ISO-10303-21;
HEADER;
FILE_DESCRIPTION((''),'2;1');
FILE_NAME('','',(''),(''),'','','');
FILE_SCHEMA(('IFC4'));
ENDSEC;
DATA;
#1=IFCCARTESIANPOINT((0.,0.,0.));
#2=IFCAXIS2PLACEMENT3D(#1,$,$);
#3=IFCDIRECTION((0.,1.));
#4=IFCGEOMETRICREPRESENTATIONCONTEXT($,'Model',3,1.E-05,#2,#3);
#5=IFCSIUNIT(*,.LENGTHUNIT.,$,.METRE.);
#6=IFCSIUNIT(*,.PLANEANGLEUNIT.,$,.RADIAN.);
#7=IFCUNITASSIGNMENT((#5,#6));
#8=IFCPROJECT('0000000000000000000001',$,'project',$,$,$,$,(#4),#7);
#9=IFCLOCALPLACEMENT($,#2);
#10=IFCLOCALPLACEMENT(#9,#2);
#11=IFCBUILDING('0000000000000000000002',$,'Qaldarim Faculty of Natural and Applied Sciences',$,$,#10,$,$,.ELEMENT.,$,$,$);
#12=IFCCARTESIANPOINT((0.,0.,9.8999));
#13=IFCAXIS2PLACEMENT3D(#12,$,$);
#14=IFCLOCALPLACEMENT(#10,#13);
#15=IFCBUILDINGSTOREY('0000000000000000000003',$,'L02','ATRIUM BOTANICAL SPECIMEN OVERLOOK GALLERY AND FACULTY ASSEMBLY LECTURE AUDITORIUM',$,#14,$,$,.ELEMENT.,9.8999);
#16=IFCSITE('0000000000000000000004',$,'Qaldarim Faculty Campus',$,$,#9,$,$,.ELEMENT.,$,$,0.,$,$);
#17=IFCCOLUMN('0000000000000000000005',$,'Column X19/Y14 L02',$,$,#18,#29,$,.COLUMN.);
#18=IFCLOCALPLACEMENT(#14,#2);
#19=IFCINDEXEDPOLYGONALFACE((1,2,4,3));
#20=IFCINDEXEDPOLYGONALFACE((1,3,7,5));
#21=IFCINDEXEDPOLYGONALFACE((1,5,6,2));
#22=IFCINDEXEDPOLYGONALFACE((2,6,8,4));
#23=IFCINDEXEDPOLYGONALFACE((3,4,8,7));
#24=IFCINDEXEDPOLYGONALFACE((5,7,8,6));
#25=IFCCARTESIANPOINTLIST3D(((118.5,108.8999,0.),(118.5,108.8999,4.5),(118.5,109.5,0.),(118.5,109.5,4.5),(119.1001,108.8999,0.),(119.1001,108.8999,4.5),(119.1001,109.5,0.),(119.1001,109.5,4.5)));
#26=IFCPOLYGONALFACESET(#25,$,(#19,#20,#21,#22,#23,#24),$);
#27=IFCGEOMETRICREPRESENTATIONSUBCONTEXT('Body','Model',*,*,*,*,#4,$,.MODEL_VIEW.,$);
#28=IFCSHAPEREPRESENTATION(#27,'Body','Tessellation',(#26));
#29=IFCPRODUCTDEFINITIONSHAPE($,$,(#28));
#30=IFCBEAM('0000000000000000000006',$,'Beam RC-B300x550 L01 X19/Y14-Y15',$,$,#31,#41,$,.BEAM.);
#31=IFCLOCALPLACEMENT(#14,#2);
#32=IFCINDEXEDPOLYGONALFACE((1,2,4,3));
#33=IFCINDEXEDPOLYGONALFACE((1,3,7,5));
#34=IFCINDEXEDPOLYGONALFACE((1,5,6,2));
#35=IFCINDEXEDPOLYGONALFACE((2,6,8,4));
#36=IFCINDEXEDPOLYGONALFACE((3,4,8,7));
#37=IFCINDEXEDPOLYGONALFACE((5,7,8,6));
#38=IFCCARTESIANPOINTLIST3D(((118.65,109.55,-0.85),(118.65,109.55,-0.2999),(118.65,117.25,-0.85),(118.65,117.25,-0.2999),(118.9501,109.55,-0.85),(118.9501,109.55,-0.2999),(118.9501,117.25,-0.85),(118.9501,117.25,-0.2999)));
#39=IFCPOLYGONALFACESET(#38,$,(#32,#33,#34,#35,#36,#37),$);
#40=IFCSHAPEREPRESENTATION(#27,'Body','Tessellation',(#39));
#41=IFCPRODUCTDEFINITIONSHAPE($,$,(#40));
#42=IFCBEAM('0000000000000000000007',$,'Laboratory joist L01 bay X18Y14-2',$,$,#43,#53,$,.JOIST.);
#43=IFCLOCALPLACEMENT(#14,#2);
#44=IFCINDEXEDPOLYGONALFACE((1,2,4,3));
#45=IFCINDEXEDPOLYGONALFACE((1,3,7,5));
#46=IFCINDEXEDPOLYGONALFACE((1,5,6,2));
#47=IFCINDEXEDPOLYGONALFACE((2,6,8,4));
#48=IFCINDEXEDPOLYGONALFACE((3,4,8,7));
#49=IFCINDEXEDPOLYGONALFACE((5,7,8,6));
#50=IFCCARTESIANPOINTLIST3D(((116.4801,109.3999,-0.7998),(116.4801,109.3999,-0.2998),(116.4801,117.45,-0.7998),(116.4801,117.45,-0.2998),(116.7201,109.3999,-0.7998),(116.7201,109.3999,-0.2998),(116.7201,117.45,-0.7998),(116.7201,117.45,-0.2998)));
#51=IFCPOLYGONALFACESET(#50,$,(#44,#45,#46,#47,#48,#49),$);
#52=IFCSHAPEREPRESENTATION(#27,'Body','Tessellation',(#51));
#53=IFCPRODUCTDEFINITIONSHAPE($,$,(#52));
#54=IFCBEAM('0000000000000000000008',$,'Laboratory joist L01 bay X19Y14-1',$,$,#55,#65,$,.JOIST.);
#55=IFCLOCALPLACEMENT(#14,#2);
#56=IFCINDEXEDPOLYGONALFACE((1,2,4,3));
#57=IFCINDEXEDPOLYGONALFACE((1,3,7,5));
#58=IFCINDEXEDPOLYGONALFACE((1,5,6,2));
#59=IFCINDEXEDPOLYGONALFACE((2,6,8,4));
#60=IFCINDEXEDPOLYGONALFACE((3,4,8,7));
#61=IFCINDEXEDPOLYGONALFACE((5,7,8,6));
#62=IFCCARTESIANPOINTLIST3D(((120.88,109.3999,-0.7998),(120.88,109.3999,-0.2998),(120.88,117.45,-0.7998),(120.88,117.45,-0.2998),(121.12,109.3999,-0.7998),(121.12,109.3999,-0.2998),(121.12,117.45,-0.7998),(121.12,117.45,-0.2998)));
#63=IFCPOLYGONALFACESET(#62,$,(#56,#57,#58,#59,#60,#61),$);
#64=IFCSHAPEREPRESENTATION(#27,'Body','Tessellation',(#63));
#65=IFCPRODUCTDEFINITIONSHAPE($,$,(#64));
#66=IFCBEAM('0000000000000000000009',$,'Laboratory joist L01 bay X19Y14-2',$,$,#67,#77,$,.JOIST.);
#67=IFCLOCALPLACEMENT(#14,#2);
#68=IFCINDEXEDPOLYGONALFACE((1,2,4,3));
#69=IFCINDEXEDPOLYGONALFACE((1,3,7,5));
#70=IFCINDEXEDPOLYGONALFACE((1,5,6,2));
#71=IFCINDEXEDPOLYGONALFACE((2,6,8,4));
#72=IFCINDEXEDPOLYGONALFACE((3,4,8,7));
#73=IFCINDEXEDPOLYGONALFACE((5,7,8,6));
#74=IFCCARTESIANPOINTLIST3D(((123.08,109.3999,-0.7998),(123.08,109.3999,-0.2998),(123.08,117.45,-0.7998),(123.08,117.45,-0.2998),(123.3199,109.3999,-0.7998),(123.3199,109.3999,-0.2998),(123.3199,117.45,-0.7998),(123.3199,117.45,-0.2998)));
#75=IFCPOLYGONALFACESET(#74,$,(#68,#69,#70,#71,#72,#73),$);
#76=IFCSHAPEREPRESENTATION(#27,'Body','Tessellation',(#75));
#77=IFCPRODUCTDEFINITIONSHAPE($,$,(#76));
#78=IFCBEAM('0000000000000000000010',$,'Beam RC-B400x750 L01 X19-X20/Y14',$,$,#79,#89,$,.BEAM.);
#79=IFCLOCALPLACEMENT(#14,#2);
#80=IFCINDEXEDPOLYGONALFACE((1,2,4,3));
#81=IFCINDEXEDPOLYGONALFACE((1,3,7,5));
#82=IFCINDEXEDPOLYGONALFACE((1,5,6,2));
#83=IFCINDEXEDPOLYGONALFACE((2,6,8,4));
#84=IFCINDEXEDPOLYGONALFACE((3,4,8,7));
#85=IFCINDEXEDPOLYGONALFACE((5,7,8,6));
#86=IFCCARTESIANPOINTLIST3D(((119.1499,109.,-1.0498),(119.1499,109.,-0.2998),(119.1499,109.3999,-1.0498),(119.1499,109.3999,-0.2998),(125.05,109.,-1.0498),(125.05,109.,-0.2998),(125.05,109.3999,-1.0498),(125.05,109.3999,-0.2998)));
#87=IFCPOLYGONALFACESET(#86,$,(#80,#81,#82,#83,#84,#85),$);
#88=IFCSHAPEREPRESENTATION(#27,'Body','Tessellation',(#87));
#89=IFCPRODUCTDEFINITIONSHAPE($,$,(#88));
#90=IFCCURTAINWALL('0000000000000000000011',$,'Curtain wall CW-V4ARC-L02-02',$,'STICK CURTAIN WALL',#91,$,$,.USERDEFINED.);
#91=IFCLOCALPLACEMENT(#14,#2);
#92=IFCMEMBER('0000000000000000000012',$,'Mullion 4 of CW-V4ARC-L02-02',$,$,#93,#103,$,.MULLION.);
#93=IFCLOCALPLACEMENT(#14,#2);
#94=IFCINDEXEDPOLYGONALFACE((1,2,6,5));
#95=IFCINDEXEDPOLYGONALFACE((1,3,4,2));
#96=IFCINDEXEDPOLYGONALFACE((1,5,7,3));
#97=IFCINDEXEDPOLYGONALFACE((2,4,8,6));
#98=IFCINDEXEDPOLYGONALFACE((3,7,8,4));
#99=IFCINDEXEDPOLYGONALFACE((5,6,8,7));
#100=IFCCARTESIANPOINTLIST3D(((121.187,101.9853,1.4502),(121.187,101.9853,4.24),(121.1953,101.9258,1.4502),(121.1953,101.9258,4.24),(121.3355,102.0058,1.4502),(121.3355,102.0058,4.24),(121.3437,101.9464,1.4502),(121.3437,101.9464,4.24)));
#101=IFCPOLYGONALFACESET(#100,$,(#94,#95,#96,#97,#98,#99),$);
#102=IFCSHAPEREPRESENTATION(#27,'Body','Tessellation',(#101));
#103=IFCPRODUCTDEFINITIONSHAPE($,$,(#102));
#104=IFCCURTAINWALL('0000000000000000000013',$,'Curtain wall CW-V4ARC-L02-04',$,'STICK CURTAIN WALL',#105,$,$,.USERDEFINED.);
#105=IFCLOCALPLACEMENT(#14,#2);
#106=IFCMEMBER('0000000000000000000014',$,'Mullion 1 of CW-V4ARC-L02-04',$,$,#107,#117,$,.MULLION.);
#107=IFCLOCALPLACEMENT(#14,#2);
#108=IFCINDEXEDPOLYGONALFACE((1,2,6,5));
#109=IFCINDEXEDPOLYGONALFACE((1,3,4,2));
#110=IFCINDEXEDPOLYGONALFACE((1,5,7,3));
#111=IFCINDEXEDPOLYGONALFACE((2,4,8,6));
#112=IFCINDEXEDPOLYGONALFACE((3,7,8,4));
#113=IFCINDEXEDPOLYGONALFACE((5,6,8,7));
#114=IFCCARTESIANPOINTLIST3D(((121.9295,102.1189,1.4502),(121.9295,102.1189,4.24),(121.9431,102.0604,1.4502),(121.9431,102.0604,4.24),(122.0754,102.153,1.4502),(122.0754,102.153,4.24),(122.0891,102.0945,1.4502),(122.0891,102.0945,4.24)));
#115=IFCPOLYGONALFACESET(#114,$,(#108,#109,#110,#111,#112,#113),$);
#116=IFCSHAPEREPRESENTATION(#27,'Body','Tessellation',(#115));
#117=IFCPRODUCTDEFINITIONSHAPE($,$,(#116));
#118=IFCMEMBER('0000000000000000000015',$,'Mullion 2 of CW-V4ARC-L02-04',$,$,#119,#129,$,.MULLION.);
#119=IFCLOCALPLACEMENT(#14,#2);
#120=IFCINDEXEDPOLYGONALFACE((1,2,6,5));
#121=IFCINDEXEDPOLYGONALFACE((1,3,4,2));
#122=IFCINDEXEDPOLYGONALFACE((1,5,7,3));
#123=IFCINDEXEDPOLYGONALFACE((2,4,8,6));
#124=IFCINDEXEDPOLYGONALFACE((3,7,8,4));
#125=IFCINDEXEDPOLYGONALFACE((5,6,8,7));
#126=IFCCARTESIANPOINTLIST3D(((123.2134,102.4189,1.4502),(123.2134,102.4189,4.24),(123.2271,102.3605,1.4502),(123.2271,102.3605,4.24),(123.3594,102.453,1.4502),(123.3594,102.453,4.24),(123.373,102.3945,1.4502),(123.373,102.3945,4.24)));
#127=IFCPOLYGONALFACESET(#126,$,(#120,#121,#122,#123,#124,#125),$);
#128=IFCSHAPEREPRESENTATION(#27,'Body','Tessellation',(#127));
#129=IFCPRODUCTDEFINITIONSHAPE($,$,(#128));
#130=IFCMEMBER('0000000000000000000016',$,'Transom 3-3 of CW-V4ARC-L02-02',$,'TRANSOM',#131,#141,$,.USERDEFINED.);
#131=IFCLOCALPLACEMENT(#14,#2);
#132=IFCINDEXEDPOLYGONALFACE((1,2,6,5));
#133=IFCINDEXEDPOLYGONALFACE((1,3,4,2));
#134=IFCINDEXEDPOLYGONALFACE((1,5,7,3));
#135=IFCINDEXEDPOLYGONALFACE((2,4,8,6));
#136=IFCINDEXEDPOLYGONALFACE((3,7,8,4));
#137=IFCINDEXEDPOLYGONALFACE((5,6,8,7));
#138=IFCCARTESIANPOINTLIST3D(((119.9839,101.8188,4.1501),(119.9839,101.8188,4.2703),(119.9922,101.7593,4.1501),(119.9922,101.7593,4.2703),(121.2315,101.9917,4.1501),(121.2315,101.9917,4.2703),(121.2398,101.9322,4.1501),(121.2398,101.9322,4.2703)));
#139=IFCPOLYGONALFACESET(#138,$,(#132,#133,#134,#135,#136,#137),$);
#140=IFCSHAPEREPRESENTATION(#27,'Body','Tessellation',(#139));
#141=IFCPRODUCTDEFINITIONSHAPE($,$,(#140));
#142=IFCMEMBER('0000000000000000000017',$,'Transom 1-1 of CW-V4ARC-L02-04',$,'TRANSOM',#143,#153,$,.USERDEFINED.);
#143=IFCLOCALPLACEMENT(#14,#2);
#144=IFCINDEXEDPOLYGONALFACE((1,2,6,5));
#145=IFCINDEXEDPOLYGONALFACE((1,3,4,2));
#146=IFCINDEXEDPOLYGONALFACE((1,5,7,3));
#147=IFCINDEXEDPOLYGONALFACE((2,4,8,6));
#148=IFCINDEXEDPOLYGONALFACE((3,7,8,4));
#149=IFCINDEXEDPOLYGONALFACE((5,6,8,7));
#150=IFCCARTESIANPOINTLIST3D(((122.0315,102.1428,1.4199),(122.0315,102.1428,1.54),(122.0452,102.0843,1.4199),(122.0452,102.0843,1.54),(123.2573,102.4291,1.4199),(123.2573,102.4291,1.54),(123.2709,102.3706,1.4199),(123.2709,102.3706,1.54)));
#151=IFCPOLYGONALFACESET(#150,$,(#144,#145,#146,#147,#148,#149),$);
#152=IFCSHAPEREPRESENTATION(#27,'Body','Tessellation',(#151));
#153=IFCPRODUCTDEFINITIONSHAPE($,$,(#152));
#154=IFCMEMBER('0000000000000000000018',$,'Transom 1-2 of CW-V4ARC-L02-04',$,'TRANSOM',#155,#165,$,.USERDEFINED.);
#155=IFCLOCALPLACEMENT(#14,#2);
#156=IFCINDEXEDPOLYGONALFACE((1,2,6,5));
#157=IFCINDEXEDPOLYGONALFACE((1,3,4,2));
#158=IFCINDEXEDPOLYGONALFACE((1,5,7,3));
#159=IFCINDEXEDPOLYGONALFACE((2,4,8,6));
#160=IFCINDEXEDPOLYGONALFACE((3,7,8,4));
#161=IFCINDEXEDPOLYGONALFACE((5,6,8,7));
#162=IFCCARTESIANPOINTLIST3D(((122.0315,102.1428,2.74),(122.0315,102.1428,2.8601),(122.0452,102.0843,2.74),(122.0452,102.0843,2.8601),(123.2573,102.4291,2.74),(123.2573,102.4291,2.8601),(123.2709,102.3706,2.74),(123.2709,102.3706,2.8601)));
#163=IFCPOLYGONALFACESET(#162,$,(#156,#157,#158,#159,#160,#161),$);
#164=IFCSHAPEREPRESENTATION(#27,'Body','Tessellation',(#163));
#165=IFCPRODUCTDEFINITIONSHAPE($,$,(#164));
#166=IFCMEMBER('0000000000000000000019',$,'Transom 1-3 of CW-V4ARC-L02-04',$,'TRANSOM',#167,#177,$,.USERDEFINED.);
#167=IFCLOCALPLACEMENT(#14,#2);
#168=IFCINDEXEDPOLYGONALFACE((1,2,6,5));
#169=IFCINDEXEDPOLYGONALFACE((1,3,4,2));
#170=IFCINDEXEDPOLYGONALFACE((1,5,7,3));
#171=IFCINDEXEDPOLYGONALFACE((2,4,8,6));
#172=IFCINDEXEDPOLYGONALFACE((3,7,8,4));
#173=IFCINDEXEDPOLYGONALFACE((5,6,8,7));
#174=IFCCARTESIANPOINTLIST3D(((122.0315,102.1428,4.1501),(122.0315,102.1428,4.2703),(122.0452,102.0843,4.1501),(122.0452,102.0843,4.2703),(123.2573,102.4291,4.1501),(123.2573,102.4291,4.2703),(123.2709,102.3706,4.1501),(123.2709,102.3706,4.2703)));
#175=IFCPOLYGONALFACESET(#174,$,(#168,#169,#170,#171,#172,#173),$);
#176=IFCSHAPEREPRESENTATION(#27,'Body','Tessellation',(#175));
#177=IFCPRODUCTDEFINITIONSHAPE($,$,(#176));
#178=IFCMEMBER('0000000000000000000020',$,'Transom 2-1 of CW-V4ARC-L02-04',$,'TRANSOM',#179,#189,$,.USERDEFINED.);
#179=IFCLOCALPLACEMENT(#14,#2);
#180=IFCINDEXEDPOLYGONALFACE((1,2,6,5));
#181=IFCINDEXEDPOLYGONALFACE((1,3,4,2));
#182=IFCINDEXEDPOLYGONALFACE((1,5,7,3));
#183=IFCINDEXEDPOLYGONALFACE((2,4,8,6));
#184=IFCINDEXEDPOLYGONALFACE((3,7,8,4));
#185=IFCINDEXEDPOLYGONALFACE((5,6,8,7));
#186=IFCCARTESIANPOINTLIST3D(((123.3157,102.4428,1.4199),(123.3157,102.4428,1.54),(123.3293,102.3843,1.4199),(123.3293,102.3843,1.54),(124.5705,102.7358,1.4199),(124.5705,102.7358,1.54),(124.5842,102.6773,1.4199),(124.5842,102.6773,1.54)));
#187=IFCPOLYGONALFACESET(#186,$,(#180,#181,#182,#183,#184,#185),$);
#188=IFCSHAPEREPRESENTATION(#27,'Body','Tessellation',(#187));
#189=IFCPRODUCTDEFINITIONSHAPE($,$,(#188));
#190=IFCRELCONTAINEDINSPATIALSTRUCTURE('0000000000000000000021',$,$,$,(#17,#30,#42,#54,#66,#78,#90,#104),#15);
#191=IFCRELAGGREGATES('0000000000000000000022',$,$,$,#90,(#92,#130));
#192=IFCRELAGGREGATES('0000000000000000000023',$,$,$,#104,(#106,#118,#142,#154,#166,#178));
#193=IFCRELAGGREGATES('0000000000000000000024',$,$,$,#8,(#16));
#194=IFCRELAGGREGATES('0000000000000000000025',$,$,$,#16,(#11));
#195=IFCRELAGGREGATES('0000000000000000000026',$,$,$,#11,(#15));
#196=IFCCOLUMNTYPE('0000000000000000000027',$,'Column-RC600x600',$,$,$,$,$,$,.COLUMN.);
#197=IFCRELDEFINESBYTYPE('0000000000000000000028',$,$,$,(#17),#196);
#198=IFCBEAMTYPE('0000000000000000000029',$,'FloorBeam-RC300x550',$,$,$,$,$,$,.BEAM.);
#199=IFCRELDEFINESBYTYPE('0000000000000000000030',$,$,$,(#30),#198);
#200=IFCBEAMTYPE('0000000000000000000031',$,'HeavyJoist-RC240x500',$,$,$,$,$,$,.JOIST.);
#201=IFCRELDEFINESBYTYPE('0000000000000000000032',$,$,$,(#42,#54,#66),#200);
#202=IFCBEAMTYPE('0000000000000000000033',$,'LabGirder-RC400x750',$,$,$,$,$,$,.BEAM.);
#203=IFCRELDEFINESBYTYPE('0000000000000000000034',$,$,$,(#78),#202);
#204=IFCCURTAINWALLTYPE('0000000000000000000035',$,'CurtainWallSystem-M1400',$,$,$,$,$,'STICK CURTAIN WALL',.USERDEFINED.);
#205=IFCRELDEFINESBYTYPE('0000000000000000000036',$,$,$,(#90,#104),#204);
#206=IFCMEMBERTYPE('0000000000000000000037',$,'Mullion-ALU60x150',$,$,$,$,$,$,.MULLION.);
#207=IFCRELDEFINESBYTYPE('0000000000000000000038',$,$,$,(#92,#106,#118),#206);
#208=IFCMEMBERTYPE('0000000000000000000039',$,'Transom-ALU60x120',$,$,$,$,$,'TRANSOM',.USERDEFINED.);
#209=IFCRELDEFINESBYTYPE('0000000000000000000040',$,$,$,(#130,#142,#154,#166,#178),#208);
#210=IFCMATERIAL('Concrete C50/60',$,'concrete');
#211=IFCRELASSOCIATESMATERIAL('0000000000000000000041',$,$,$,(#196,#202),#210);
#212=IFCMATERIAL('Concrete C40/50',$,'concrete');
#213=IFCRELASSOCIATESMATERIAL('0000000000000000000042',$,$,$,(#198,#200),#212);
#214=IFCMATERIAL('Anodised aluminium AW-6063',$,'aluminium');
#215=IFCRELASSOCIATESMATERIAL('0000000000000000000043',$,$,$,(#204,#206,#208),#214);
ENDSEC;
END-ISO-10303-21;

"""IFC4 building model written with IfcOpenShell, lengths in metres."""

from ifc_helpers import new_model, si_unit, direction, frame, origin, origin_2d, place, context, subcontext, project, spatial, rectangle, extrude, material, material_profile, profile_set, type_object, element, aggregate, save


model = new_model("IFC4")

# Units and contexts
model_context = context("Model", 3, precision=1e-05, world=origin(), true_north=direction((0.0, 1.0)))
body_context = subcontext(model_context, "Body", "Model", "MODEL_VIEW")
ifc_project = project(units=[si_unit("LENGTHUNIT", "METRE"), si_unit("PLANEANGLEUNIT", "RADIAN")], contexts=[model_context])

# Site, building, storey
site_placement = place(None, origin())
site = spatial("IfcSite", under=ifc_project, at=site_placement, Name="Qaldarim Faculty Campus", CompositionType="ELEMENT", RefElevation=0.0)
building_placement = place(site_placement, origin())
building = spatial("IfcBuilding", under=site, at=building_placement, Name="Qaldarim Faculty of Natural and Applied Sciences", CompositionType="ELEMENT")
storey_placement = place(building_placement, frame((0.0, 0.0, 9.8999)))
storey = spatial("IfcBuildingStorey", under=building, at=storey_placement, Name="L02", Description="ATRIUM BOTANICAL SPECIMEN OVERLOOK GALLERY AND FACULTY ASSEMBLY LECTURE AUDITORIUM", CompositionType="ELEMENT", Elevation=9.8999)

# Column
ifc_material_1 = material(Name="Concrete C50/60", Category="concrete")
ifc_material_profile_1 = material_profile(ifc_material_1, rectangle(XDim=0.6001, YDim=0.6001, at=origin_2d()), Name="RC-C600x600")
ifc_profile_set_1 = profile_set([ifc_material_profile_1], Name="Concrete C50/60")
column_type = type_object("IfcColumnType", Name="Column-RC600x600", PredefinedType="COLUMN", material=ifc_profile_set_1)
column_placement = place(storey_placement, frame((118.8, 109.2, 0.0), z_axis=(0.0, 0.0, 1.0), x_axis=(1.0, 0.0, 0.0)))
element("IfcColumn", 1, at=column_placement, inside=storey, type_object=column_type, Name="Column X19/Y14 L02", PredefinedType="COLUMN", context=body_context, shape_type="SweptSolid", body=[
    extrude(rectangle(XDim=0.6001, YDim=0.6001, at=origin_2d()), origin(), (0.0, 0.0, 1.0), 4.5),
])

# Beams
ifc_material_2 = material(Name="Concrete C40/50", Category="concrete")
ifc_material_profile_2 = material_profile(ifc_material_2, rectangle(XDim=0.3, YDim=0.55, at=origin_2d()), Name="RC-B300x550")
ifc_profile_set_2 = profile_set([ifc_material_profile_2], Name="Concrete C40/50")
beam_type_1 = type_object("IfcBeamType", Name="FloorBeam-RC300x550", PredefinedType="BEAM", material=ifc_profile_set_2)
beam_1_placement = place(storey_placement, frame((118.8, 109.55, -0.575), z_axis=(0.0, 1.0, 0.0), x_axis=(-1.0, 0.0, 0.0)))
element("IfcBeam", 2, at=beam_1_placement, inside=storey, type_object=beam_type_1, Name="Beam RC-B300x550 L01 X19/Y14-Y15", PredefinedType="BEAM", context=body_context, shape_type="SweptSolid", body=[
    extrude(rectangle(XDim=0.3, YDim=0.55, at=origin_2d()), origin(), (0.0, 0.0, 1.0), 7.7),
])
ifc_material_profile_3 = material_profile(ifc_material_2, rectangle(XDim=0.24, YDim=0.5, at=origin_2d()), Name="RC-J240x500")
ifc_profile_set_3 = profile_set([ifc_material_profile_3], Name="Concrete C40/50")
beam_type_2 = type_object("IfcBeamType", Name="HeavyJoist-RC240x500", PredefinedType="JOIST", material=ifc_profile_set_3)
for number, where, z_axis, x_axis, name in (
    (3, (116.6001, 109.3999, -0.5498), (0.0, 1.0, 0.0), (-1.0, 0.0, 0.0), "Laboratory joist L01 bay X18Y14-2"),
    (4, (121.0, 109.3999, -0.5498), (0.0, 1.0, 0.0), (-1.0, 0.0, 0.0), "Laboratory joist L01 bay X19Y14-1"),
    (5, (123.2, 109.3999, -0.5498), (0.0, 1.0, 0.0), (-1.0, 0.0, 0.0), "Laboratory joist L01 bay X19Y14-2"),
):
    element("IfcBeam", number, at=place(storey_placement, frame(where, z_axis=z_axis, x_axis=x_axis)), inside=storey, type_object=beam_type_2, Name=name, PredefinedType="JOIST", context=body_context, shape_type="SweptSolid", body=[
        extrude(rectangle(XDim=0.24, YDim=0.5, at=origin_2d()), origin(), (0.0, 0.0, 1.0), 8.05),
    ])
ifc_material_profile_4 = material_profile(ifc_material_1, rectangle(XDim=0.3999, YDim=0.75, at=origin_2d()), Name="RC-B400x750")
ifc_profile_set_4 = profile_set([ifc_material_profile_4], Name="Concrete C50/60")
beam_type_3 = type_object("IfcBeamType", Name="LabGirder-RC400x750", PredefinedType="BEAM", material=ifc_profile_set_4)
beam_2_placement = place(storey_placement, frame((119.1499, 109.2, -0.6748), z_axis=(1.0, 0.0, 0.0), x_axis=(0.0, 1.0, 0.0)))
element("IfcBeam", 6, at=beam_2_placement, inside=storey, type_object=beam_type_3, Name="Beam RC-B400x750 L01 X19-X20/Y14", PredefinedType="BEAM", context=body_context, shape_type="SweptSolid", body=[
    extrude(rectangle(XDim=0.3999, YDim=0.75, at=origin_2d()), origin(), (0.0, 0.0, 1.0), 5.9001),
])

# Curtain wall, member
ifc_material_3 = material(Name="Anodised aluminium AW-6063", Category="aluminium")
curtain_wall_type_1 = type_object("IfcCurtainWallType", Name="CurtainWallSystem-M1400", ElementType="STICK CURTAIN WALL", PredefinedType="USERDEFINED", material=ifc_material_3)
curtain_wall_1_placement = place(storey_placement, origin())
curtain_wall_1 = element("IfcCurtainWall", 7, at=curtain_wall_1_placement, inside=storey, type_object=curtain_wall_type_1, Name="Curtain wall CW-V4ARC-L02-02", ObjectType="STICK CURTAIN WALL", PredefinedType="USERDEFINED")
ifc_material_profile_5 = material_profile(ifc_material_3, rectangle(XDim=0.0601, YDim=0.1499, at=origin_2d()), Name="ALU-M60x150")
ifc_profile_set_5 = profile_set([ifc_material_profile_5], Name="Anodised aluminium AW-6063")
member_type_1 = type_object("IfcMemberType", Name="Mullion-ALU60x150", PredefinedType="MULLION", material=ifc_profile_set_5)
member_1_placement = place(storey_placement, frame((121.2654, 101.9658, 1.4502), z_axis=(0.0, 0.0, 1.0), x_axis=(-0.137099, 0.990557, 0.0)))
member_1 = element("IfcMember", 8, at=member_1_placement, type_object=member_type_1, Name="Mullion 4 of CW-V4ARC-L02-02", PredefinedType="MULLION", context=body_context, shape_type="SweptSolid", body=[
    extrude(rectangle(XDim=0.0601, YDim=0.1499, at=origin_2d()), origin(), (0.0, 0.0, 1.0), 2.7898),
])

# Curtain wall, members
curtain_wall_2_placement = place(storey_placement, origin())
curtain_wall_2 = element("IfcCurtainWall", 9, at=curtain_wall_2_placement, inside=storey, type_object=curtain_wall_type_1, Name="Curtain wall CW-V4ARC-L02-04", ObjectType="STICK CURTAIN WALL", PredefinedType="USERDEFINED")
member_2_placement = place(storey_placement, frame((122.0093, 102.1067, 1.4502), z_axis=(0.0, 0.0, 1.0), x_axis=(-0.227382, 0.973806, 0.0)))
member_2 = element("IfcMember", 10, at=member_2_placement, type_object=member_type_1, Name="Mullion 1 of CW-V4ARC-L02-04", PredefinedType="MULLION", context=body_context, shape_type="SweptSolid", body=[
    extrude(rectangle(XDim=0.0601, YDim=0.1499, at=origin_2d()), origin(), (0.0, 0.0, 1.0), 2.7898),
])
member_3_placement = place(storey_placement, frame((123.2932, 102.4067, 1.4502), z_axis=(0.0, 0.0, 1.0), x_axis=(-0.227382, 0.973806, 0.0)))
member_3 = element("IfcMember", 11, at=member_3_placement, type_object=member_type_1, Name="Mullion 2 of CW-V4ARC-L02-04", PredefinedType="MULLION", context=body_context, shape_type="SweptSolid", body=[
    extrude(rectangle(XDim=0.0601, YDim=0.1499, at=origin_2d()), origin(), (0.0, 0.0, 1.0), 2.7898),
])

# Members
ifc_material_profile_6 = material_profile(ifc_material_3, rectangle(XDim=0.0601, YDim=0.1201, at=origin_2d()), Name="ALU-T60x120")
ifc_profile_set_6 = profile_set([ifc_material_profile_6], Name="Anodised aluminium AW-6063")
member_type_2 = type_object("IfcMemberType", Name="Transom-ALU60x120", ElementType="TRANSOM", PredefinedType="USERDEFINED", material=ifc_profile_set_6)
member_4_placement = place(storey_placement, frame((119.988, 101.7891, 4.2102), z_axis=(0.990538, 0.137241, 0.0), x_axis=(-0.137241, 0.990538, 0.0)))
member_4 = element("IfcMember", 12, at=member_4_placement, type_object=member_type_2, Name="Transom 3-3 of CW-V4ARC-L02-02", ObjectType="TRANSOM", PredefinedType="USERDEFINED", context=body_context, shape_type="SweptSolid", body=[
    extrude(rectangle(XDim=0.0601, YDim=0.1201, at=origin_2d()), origin(), (0.0, 0.0, 1.0), 1.2595),
])
member_5_placement = place(storey_placement, frame((122.0383, 102.1135, 1.48), z_axis=(0.97378, 0.227493, 0.0), x_axis=(-0.227493, 0.97378, 0.0)))
member_5 = element("IfcMember", 13, at=member_5_placement, type_object=member_type_2, Name="Transom 1-1 of CW-V4ARC-L02-04", ObjectType="TRANSOM", PredefinedType="USERDEFINED", context=body_context, shape_type="SweptSolid", body=[
    extrude(rectangle(XDim=0.0601, YDim=0.1201, at=origin_2d()), origin(), (0.0, 0.0, 1.0), 1.2588),
])
member_6_placement = place(storey_placement, frame((122.0383, 102.1135, 2.8), z_axis=(0.97378, 0.227493, 0.0), x_axis=(-0.227493, 0.97378, 0.0)))
member_6 = element("IfcMember", 14, at=member_6_placement, type_object=member_type_2, Name="Transom 1-2 of CW-V4ARC-L02-04", ObjectType="TRANSOM", PredefinedType="USERDEFINED", context=body_context, shape_type="SweptSolid", body=[
    extrude(rectangle(XDim=0.0601, YDim=0.1201, at=origin_2d()), origin(), (0.0, 0.0, 1.0), 1.2588),
])
member_7_placement = place(storey_placement, frame((122.0383, 102.1135, 4.2102), z_axis=(0.97378, 0.227493, 0.0), x_axis=(-0.227493, 0.97378, 0.0)))
member_7 = element("IfcMember", 15, at=member_7_placement, type_object=member_type_2, Name="Transom 1-3 of CW-V4ARC-L02-04", ObjectType="TRANSOM", PredefinedType="USERDEFINED", context=body_context, shape_type="SweptSolid", body=[
    extrude(rectangle(XDim=0.0601, YDim=0.1201, at=origin_2d()), origin(), (0.0, 0.0, 1.0), 1.2588),
])
member_8_placement = place(storey_placement, frame((123.3225, 102.4136, 1.48), z_axis=(0.973813, 0.227349, 0.0), x_axis=(-0.227349, 0.973813, 0.0)))
member_8 = element("IfcMember", 16, at=member_8_placement, type_object=member_type_2, Name="Transom 2-1 of CW-V4ARC-L02-04", ObjectType="TRANSOM", PredefinedType="USERDEFINED", context=body_context, shape_type="SweptSolid", body=[
    extrude(rectangle(XDim=0.0601, YDim=0.1201, at=origin_2d()), origin(), (0.0, 0.0, 1.0), 1.2886),
])

aggregate(curtain_wall_1, [member_1, member_4])
aggregate(curtain_wall_2, [member_2, member_3, member_5, member_6, member_7, member_8])

save(model, "model.ifc")
